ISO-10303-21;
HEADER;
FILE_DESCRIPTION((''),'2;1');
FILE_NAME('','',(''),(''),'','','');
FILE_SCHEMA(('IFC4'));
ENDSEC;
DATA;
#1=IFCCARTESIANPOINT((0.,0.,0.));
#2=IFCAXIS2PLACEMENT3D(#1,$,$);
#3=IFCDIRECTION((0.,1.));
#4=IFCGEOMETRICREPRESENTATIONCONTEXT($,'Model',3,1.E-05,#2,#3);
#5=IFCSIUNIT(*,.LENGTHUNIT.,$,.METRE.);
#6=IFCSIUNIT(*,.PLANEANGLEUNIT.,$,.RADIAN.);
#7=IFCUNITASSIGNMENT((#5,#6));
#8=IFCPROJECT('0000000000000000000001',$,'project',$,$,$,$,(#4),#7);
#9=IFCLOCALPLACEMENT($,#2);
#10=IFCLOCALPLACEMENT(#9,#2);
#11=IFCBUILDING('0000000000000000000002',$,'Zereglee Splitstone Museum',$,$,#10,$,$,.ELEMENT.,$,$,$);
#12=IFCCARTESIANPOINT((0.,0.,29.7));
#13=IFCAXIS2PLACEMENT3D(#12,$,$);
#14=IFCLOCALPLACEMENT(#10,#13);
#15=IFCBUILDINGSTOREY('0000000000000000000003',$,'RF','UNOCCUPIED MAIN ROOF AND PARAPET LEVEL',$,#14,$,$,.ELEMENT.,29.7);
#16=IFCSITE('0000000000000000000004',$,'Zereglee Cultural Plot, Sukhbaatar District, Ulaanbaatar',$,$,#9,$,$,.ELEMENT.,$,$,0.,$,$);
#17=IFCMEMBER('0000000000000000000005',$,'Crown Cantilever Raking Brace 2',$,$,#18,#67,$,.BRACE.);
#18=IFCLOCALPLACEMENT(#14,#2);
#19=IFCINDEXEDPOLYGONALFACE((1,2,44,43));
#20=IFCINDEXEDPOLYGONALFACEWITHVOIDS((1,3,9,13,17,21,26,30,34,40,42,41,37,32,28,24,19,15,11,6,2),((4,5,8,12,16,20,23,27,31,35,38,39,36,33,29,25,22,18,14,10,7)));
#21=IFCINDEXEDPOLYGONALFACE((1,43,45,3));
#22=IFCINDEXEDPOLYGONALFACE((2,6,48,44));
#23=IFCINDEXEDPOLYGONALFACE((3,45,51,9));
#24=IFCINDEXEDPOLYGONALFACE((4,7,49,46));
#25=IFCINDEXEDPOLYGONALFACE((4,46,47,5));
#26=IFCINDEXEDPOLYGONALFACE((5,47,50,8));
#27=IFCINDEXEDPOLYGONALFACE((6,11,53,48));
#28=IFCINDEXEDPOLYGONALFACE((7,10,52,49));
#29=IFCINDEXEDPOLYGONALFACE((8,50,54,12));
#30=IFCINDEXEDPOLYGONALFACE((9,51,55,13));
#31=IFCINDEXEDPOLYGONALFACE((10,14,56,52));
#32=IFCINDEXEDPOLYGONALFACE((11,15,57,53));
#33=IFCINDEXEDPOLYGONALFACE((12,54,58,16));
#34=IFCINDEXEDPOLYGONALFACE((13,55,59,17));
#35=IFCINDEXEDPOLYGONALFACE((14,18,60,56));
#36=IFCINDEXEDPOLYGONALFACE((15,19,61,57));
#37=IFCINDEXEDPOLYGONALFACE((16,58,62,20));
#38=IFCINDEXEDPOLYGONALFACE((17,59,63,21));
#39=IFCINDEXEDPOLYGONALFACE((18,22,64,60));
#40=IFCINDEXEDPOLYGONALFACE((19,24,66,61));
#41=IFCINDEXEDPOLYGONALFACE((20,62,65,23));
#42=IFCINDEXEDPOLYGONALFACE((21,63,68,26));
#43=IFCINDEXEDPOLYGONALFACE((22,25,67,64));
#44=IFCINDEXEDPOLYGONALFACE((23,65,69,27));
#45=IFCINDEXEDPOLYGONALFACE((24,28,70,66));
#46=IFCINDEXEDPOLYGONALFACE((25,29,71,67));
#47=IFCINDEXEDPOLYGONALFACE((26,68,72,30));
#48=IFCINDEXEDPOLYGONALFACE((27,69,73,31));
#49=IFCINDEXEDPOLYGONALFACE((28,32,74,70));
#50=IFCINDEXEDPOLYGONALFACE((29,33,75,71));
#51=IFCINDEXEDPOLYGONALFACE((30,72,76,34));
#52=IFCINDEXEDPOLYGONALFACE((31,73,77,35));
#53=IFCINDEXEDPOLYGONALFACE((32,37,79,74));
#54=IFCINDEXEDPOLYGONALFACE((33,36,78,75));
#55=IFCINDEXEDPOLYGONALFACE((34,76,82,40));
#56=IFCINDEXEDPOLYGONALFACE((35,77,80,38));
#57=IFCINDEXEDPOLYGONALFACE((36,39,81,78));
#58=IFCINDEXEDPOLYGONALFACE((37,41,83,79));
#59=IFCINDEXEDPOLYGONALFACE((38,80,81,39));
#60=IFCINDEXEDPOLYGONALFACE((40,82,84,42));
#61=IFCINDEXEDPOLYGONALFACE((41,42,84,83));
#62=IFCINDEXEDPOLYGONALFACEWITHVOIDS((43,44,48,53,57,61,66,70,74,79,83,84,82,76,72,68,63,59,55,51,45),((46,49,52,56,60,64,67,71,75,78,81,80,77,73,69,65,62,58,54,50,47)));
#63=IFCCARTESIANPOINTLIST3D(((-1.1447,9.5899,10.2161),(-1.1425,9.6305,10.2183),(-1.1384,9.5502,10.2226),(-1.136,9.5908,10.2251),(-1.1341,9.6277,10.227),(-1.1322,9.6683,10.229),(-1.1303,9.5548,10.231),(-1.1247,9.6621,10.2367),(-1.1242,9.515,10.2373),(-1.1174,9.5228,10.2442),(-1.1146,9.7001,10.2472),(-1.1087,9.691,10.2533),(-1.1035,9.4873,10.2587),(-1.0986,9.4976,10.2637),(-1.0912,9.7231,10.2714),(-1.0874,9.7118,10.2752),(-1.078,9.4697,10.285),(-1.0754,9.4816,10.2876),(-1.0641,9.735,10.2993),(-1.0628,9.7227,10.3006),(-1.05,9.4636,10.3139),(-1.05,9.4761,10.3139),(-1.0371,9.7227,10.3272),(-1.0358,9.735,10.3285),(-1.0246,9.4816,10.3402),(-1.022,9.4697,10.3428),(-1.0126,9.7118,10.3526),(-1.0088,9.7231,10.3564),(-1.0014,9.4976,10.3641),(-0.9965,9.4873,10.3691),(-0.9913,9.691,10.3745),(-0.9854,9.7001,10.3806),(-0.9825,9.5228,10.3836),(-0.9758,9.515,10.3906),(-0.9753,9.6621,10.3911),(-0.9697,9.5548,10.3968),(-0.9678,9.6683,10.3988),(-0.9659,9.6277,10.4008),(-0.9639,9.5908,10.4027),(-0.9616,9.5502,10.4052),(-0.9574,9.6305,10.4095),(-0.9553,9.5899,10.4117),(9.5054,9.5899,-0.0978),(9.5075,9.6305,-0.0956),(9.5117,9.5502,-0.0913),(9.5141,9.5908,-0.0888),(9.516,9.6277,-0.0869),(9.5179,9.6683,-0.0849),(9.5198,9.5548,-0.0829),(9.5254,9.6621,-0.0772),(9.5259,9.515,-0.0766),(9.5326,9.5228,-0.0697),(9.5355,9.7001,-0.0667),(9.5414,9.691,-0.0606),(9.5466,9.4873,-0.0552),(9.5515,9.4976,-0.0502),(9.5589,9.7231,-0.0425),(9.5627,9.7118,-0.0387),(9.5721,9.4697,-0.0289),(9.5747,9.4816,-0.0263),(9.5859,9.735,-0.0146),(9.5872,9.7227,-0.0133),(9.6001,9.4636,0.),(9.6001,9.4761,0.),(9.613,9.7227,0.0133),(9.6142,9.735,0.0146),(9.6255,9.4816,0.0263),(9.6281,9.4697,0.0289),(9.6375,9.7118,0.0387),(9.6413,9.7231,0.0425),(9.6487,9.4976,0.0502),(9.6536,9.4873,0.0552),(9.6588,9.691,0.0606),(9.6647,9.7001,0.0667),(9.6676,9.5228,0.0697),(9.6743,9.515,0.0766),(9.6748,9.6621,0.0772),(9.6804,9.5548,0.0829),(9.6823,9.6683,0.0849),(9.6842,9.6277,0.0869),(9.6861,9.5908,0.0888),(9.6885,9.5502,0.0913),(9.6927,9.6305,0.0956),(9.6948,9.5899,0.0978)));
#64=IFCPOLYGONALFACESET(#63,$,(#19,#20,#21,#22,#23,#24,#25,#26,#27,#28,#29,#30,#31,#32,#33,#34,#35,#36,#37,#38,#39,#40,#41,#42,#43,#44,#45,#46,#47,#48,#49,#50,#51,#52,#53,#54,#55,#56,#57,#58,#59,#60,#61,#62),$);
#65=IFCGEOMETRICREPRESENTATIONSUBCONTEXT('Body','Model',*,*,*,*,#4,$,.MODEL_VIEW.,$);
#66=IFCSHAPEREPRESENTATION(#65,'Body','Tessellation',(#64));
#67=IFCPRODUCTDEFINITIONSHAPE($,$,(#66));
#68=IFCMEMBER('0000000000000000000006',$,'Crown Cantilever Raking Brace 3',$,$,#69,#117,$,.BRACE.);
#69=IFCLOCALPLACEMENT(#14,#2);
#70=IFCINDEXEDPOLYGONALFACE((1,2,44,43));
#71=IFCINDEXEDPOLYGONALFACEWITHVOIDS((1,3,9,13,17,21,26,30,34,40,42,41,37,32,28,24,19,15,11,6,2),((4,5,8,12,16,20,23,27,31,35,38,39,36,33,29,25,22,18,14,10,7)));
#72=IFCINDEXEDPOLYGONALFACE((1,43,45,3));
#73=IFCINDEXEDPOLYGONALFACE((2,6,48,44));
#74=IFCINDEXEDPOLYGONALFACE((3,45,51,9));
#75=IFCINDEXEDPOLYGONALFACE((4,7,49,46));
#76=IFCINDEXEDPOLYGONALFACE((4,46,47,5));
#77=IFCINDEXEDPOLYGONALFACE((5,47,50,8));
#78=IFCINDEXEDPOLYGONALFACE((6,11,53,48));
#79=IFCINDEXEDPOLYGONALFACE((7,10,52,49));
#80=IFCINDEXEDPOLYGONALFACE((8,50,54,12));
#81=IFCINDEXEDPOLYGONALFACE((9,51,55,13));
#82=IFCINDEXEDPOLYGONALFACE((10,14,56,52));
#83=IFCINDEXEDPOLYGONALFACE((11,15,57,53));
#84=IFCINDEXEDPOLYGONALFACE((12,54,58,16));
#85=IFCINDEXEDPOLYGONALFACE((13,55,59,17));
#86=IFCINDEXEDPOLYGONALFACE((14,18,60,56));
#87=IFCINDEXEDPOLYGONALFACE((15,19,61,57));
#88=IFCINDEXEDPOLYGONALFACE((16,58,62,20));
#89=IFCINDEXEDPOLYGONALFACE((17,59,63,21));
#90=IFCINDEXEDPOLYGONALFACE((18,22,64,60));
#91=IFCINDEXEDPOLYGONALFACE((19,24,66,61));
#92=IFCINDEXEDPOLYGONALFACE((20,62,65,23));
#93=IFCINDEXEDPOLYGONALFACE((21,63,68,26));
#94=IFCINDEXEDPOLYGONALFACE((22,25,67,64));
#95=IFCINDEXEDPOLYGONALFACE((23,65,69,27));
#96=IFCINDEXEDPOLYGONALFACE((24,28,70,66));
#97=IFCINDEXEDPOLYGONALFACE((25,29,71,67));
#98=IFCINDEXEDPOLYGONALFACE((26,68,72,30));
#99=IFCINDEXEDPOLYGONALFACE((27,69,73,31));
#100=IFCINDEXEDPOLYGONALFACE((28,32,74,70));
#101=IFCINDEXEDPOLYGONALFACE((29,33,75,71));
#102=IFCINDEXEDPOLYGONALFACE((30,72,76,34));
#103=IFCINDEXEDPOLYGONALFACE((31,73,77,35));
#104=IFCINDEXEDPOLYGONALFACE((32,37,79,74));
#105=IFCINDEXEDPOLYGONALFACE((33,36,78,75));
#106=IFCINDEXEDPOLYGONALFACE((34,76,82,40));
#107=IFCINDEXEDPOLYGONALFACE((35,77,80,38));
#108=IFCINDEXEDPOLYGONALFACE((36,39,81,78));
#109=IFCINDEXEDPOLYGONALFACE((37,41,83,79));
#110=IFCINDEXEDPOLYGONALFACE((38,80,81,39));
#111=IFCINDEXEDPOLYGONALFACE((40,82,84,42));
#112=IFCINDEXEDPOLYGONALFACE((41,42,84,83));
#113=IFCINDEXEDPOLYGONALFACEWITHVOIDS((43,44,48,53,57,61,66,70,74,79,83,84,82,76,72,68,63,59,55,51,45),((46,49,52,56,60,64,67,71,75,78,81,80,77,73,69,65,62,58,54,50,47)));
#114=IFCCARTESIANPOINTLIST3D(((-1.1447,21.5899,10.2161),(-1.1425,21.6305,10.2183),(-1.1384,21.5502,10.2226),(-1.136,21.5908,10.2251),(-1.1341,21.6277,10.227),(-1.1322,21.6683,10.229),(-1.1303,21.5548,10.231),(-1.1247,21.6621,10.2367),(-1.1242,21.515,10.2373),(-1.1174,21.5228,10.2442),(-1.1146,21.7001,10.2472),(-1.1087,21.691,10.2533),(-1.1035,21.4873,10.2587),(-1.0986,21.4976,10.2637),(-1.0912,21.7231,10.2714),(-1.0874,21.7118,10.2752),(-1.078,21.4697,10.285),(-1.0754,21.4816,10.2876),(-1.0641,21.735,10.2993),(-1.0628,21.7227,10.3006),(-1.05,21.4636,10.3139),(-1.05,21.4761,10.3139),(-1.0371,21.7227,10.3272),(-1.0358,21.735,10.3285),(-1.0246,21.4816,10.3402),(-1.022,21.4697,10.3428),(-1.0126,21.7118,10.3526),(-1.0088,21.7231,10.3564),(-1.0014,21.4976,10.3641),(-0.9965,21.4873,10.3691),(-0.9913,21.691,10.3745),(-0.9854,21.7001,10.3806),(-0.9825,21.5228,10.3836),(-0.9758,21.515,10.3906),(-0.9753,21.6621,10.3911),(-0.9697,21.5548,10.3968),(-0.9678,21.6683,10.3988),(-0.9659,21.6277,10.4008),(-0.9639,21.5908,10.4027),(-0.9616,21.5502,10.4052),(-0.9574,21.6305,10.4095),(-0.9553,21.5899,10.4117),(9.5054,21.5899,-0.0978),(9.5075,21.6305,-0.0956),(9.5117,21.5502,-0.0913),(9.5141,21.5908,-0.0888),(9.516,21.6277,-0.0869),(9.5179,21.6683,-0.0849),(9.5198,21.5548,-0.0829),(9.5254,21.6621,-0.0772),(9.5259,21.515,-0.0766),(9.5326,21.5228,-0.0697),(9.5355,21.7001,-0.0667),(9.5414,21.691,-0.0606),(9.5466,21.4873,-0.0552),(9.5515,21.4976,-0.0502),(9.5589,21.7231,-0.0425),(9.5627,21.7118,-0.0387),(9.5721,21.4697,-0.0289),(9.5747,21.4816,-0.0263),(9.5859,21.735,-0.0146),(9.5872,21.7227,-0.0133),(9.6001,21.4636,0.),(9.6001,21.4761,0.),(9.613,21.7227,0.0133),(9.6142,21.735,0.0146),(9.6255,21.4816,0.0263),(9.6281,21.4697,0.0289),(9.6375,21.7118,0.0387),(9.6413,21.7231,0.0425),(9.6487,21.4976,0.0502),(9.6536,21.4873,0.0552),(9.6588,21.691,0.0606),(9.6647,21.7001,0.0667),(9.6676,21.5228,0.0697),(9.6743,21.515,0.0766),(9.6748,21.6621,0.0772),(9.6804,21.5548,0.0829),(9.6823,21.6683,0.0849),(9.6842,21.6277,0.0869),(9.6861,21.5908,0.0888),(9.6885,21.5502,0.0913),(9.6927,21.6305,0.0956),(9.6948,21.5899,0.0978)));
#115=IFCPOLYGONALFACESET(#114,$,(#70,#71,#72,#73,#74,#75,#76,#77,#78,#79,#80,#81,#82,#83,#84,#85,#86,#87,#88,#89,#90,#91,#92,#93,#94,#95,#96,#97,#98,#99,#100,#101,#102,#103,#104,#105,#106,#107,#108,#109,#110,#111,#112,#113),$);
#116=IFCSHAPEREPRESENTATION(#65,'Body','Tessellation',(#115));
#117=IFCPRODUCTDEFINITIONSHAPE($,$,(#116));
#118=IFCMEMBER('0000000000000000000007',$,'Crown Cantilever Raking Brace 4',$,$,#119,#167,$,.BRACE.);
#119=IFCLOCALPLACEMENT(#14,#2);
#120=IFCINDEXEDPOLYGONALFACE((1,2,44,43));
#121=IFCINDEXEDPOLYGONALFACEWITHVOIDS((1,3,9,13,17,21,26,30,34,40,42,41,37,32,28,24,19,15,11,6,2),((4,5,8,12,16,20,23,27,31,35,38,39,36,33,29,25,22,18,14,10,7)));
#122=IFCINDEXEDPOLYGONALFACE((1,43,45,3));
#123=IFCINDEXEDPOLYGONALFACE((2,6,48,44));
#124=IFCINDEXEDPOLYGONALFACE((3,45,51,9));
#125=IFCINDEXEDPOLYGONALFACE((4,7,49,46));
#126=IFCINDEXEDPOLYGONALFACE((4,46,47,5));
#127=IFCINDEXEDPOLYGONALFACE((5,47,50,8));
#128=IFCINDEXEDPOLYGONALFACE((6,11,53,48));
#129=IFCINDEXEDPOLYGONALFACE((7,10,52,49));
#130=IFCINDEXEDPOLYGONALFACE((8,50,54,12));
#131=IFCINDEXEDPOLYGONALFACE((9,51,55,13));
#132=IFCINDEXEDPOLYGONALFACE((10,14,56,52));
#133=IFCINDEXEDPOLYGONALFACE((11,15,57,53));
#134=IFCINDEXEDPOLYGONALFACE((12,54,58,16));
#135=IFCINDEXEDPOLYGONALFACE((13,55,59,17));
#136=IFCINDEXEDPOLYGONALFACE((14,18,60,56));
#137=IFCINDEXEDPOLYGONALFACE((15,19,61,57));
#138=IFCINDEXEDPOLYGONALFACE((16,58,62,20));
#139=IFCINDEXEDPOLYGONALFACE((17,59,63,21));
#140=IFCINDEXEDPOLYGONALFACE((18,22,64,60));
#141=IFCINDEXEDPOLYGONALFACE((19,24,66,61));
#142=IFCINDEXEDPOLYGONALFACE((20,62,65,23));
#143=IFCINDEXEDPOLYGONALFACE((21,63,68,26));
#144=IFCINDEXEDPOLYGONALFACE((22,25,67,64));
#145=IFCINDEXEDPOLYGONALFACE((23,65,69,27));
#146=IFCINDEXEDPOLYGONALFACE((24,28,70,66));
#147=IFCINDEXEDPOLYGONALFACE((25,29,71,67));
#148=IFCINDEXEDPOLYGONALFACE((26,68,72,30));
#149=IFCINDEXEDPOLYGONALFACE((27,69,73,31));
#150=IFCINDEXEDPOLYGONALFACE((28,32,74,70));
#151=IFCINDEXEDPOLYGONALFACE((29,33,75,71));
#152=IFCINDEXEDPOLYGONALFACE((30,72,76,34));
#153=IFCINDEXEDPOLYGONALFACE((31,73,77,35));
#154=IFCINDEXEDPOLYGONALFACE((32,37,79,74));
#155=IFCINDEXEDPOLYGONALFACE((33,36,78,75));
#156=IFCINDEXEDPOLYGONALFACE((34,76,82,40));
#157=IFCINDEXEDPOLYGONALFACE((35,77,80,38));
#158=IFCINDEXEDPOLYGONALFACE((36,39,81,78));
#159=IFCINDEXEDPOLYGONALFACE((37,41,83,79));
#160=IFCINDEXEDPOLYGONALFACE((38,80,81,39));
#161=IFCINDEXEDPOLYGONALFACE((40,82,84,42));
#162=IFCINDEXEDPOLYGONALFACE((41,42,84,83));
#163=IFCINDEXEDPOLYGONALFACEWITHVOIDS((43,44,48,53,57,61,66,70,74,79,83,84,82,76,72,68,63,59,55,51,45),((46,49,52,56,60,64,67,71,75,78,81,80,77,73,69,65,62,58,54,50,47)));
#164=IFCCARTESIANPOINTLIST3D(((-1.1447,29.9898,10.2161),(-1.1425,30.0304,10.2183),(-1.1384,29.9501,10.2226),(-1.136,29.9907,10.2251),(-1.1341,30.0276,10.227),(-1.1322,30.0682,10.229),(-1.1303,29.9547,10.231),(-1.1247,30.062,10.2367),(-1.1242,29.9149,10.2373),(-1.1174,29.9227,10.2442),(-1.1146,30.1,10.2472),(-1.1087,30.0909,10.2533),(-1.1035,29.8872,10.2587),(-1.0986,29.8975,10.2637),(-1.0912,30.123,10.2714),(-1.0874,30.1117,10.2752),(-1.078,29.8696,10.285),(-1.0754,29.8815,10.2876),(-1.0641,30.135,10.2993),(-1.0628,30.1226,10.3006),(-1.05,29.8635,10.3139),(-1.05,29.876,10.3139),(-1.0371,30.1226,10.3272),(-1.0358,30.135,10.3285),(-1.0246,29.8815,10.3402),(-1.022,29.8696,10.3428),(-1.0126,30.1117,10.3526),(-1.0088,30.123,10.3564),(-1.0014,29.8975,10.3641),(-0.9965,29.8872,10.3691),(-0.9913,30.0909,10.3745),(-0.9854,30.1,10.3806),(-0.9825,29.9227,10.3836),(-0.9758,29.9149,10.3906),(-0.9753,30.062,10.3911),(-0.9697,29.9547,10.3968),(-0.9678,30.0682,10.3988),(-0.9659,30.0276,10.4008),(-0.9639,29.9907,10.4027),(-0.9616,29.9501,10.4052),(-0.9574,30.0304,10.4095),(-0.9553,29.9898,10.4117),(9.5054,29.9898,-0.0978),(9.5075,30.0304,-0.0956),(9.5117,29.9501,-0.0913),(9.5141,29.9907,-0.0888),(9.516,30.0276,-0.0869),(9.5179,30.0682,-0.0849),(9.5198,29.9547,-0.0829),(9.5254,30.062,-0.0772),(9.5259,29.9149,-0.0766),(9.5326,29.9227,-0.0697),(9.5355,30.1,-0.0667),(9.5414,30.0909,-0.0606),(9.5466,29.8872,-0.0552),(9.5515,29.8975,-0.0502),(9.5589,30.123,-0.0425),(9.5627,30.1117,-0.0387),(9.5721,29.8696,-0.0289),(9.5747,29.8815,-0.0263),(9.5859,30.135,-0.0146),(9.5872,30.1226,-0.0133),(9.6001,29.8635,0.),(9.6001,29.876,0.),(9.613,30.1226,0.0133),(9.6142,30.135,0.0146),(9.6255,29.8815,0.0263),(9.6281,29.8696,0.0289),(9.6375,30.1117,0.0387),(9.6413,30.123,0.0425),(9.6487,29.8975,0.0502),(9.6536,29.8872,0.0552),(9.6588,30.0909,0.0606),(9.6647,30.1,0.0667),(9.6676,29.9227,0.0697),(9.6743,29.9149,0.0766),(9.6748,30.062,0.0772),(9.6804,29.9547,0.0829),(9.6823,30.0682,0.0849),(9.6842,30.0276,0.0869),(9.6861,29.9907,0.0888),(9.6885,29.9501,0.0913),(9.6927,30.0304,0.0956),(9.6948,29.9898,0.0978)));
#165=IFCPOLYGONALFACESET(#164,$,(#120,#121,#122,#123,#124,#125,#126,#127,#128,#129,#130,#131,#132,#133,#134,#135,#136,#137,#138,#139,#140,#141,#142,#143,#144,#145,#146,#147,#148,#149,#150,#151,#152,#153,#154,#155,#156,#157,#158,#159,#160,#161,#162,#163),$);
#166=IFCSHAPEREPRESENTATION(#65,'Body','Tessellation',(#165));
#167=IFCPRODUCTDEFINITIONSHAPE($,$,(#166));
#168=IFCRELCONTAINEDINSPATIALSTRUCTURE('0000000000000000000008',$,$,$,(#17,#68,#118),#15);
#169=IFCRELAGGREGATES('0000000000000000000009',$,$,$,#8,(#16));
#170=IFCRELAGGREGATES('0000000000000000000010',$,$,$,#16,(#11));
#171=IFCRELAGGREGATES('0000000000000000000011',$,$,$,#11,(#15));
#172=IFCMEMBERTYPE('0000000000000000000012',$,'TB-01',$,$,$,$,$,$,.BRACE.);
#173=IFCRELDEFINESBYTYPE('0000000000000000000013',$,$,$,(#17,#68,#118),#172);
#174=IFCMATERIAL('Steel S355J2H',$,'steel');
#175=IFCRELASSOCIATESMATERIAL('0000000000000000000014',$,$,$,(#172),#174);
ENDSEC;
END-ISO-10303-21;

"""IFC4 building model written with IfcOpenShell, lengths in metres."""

from ifc_helpers import new_model, si_unit, direction, frame, origin, origin_2d, place, context, subcontext, project, spatial, hollow_circle, extrude, material, material_profile, profile_set, type_object, element, save


model = new_model("IFC4")

# Units and contexts
model_context = context("Model", 3, precision=1e-05, world=origin(), true_north=direction((0.0, 1.0)))
body_context = subcontext(model_context, "Body", "Model", "MODEL_VIEW")
ifc_project = project(units=[si_unit("LENGTHUNIT", "METRE"), si_unit("PLANEANGLEUNIT", "RADIAN")], contexts=[model_context])

# Site, building, storey
site_placement = place(None, origin())
site = spatial("IfcSite", under=ifc_project, at=site_placement, Name="Zereglee Cultural Plot, Sukhbaatar District, Ulaanbaatar", CompositionType="ELEMENT", RefElevation=0.0)
building_placement = place(site_placement, origin())
building = spatial("IfcBuilding", under=site, at=building_placement, Name="Zereglee Splitstone Museum", CompositionType="ELEMENT")
storey_placement = place(building_placement, frame((0.0, 0.0, 29.7)))
storey = spatial("IfcBuildingStorey", under=building, at=storey_placement, Name="RF", Description="UNOCCUPIED MAIN ROOF AND PARAPET LEVEL", CompositionType="ELEMENT", Elevation=29.7)

# Members
ifc_material_1 = material(Name="Steel S355J2H", Category="steel")
ifc_material_profile_1 = material_profile(ifc_material_1, hollow_circle(Radius=0.1365, WallThickness=0.0125, at=origin_2d()), Name="CHS 273.0x12.5")
ifc_profile_set_1 = profile_set([ifc_material_profile_1], Name="Steel S355J2H")
member_type_1 = type_object("IfcMemberType", Name="TB-01", PredefinedType="BRACE", material=ifc_profile_set_1)
for number, where, z_axis, x_axis, name in (
    (1, (9.6001, 9.6001, 0.0), (-0.718354, 0.0, 0.695678), (0.0, -1.0, 0.0), "Crown Cantilever Raking Brace 2"),
    (2, (9.6001, 21.6001, 0.0), (-0.718354, 0.0, 0.695678), (0.0, -1.0, 0.0), "Crown Cantilever Raking Brace 3"),
    (3, (9.6001, 30.0, 0.0), (-0.718354, 0.0, 0.695678), (0.0, -1.0, 0.0), "Crown Cantilever Raking Brace 4"),
):
    element("IfcMember", number, at=place(storey_placement, frame(where, z_axis=z_axis, x_axis=x_axis)), inside=storey, type_object=member_type_1, Name=name, PredefinedType="BRACE", context=body_context, shape_type="SweptSolid", body=[
        extrude(hollow_circle(Radius=0.1365, WallThickness=0.0125, at=origin_2d()), origin(), (0.0, 0.0, 1.0), 14.8257),
    ])

save(model, "model.ifc")
